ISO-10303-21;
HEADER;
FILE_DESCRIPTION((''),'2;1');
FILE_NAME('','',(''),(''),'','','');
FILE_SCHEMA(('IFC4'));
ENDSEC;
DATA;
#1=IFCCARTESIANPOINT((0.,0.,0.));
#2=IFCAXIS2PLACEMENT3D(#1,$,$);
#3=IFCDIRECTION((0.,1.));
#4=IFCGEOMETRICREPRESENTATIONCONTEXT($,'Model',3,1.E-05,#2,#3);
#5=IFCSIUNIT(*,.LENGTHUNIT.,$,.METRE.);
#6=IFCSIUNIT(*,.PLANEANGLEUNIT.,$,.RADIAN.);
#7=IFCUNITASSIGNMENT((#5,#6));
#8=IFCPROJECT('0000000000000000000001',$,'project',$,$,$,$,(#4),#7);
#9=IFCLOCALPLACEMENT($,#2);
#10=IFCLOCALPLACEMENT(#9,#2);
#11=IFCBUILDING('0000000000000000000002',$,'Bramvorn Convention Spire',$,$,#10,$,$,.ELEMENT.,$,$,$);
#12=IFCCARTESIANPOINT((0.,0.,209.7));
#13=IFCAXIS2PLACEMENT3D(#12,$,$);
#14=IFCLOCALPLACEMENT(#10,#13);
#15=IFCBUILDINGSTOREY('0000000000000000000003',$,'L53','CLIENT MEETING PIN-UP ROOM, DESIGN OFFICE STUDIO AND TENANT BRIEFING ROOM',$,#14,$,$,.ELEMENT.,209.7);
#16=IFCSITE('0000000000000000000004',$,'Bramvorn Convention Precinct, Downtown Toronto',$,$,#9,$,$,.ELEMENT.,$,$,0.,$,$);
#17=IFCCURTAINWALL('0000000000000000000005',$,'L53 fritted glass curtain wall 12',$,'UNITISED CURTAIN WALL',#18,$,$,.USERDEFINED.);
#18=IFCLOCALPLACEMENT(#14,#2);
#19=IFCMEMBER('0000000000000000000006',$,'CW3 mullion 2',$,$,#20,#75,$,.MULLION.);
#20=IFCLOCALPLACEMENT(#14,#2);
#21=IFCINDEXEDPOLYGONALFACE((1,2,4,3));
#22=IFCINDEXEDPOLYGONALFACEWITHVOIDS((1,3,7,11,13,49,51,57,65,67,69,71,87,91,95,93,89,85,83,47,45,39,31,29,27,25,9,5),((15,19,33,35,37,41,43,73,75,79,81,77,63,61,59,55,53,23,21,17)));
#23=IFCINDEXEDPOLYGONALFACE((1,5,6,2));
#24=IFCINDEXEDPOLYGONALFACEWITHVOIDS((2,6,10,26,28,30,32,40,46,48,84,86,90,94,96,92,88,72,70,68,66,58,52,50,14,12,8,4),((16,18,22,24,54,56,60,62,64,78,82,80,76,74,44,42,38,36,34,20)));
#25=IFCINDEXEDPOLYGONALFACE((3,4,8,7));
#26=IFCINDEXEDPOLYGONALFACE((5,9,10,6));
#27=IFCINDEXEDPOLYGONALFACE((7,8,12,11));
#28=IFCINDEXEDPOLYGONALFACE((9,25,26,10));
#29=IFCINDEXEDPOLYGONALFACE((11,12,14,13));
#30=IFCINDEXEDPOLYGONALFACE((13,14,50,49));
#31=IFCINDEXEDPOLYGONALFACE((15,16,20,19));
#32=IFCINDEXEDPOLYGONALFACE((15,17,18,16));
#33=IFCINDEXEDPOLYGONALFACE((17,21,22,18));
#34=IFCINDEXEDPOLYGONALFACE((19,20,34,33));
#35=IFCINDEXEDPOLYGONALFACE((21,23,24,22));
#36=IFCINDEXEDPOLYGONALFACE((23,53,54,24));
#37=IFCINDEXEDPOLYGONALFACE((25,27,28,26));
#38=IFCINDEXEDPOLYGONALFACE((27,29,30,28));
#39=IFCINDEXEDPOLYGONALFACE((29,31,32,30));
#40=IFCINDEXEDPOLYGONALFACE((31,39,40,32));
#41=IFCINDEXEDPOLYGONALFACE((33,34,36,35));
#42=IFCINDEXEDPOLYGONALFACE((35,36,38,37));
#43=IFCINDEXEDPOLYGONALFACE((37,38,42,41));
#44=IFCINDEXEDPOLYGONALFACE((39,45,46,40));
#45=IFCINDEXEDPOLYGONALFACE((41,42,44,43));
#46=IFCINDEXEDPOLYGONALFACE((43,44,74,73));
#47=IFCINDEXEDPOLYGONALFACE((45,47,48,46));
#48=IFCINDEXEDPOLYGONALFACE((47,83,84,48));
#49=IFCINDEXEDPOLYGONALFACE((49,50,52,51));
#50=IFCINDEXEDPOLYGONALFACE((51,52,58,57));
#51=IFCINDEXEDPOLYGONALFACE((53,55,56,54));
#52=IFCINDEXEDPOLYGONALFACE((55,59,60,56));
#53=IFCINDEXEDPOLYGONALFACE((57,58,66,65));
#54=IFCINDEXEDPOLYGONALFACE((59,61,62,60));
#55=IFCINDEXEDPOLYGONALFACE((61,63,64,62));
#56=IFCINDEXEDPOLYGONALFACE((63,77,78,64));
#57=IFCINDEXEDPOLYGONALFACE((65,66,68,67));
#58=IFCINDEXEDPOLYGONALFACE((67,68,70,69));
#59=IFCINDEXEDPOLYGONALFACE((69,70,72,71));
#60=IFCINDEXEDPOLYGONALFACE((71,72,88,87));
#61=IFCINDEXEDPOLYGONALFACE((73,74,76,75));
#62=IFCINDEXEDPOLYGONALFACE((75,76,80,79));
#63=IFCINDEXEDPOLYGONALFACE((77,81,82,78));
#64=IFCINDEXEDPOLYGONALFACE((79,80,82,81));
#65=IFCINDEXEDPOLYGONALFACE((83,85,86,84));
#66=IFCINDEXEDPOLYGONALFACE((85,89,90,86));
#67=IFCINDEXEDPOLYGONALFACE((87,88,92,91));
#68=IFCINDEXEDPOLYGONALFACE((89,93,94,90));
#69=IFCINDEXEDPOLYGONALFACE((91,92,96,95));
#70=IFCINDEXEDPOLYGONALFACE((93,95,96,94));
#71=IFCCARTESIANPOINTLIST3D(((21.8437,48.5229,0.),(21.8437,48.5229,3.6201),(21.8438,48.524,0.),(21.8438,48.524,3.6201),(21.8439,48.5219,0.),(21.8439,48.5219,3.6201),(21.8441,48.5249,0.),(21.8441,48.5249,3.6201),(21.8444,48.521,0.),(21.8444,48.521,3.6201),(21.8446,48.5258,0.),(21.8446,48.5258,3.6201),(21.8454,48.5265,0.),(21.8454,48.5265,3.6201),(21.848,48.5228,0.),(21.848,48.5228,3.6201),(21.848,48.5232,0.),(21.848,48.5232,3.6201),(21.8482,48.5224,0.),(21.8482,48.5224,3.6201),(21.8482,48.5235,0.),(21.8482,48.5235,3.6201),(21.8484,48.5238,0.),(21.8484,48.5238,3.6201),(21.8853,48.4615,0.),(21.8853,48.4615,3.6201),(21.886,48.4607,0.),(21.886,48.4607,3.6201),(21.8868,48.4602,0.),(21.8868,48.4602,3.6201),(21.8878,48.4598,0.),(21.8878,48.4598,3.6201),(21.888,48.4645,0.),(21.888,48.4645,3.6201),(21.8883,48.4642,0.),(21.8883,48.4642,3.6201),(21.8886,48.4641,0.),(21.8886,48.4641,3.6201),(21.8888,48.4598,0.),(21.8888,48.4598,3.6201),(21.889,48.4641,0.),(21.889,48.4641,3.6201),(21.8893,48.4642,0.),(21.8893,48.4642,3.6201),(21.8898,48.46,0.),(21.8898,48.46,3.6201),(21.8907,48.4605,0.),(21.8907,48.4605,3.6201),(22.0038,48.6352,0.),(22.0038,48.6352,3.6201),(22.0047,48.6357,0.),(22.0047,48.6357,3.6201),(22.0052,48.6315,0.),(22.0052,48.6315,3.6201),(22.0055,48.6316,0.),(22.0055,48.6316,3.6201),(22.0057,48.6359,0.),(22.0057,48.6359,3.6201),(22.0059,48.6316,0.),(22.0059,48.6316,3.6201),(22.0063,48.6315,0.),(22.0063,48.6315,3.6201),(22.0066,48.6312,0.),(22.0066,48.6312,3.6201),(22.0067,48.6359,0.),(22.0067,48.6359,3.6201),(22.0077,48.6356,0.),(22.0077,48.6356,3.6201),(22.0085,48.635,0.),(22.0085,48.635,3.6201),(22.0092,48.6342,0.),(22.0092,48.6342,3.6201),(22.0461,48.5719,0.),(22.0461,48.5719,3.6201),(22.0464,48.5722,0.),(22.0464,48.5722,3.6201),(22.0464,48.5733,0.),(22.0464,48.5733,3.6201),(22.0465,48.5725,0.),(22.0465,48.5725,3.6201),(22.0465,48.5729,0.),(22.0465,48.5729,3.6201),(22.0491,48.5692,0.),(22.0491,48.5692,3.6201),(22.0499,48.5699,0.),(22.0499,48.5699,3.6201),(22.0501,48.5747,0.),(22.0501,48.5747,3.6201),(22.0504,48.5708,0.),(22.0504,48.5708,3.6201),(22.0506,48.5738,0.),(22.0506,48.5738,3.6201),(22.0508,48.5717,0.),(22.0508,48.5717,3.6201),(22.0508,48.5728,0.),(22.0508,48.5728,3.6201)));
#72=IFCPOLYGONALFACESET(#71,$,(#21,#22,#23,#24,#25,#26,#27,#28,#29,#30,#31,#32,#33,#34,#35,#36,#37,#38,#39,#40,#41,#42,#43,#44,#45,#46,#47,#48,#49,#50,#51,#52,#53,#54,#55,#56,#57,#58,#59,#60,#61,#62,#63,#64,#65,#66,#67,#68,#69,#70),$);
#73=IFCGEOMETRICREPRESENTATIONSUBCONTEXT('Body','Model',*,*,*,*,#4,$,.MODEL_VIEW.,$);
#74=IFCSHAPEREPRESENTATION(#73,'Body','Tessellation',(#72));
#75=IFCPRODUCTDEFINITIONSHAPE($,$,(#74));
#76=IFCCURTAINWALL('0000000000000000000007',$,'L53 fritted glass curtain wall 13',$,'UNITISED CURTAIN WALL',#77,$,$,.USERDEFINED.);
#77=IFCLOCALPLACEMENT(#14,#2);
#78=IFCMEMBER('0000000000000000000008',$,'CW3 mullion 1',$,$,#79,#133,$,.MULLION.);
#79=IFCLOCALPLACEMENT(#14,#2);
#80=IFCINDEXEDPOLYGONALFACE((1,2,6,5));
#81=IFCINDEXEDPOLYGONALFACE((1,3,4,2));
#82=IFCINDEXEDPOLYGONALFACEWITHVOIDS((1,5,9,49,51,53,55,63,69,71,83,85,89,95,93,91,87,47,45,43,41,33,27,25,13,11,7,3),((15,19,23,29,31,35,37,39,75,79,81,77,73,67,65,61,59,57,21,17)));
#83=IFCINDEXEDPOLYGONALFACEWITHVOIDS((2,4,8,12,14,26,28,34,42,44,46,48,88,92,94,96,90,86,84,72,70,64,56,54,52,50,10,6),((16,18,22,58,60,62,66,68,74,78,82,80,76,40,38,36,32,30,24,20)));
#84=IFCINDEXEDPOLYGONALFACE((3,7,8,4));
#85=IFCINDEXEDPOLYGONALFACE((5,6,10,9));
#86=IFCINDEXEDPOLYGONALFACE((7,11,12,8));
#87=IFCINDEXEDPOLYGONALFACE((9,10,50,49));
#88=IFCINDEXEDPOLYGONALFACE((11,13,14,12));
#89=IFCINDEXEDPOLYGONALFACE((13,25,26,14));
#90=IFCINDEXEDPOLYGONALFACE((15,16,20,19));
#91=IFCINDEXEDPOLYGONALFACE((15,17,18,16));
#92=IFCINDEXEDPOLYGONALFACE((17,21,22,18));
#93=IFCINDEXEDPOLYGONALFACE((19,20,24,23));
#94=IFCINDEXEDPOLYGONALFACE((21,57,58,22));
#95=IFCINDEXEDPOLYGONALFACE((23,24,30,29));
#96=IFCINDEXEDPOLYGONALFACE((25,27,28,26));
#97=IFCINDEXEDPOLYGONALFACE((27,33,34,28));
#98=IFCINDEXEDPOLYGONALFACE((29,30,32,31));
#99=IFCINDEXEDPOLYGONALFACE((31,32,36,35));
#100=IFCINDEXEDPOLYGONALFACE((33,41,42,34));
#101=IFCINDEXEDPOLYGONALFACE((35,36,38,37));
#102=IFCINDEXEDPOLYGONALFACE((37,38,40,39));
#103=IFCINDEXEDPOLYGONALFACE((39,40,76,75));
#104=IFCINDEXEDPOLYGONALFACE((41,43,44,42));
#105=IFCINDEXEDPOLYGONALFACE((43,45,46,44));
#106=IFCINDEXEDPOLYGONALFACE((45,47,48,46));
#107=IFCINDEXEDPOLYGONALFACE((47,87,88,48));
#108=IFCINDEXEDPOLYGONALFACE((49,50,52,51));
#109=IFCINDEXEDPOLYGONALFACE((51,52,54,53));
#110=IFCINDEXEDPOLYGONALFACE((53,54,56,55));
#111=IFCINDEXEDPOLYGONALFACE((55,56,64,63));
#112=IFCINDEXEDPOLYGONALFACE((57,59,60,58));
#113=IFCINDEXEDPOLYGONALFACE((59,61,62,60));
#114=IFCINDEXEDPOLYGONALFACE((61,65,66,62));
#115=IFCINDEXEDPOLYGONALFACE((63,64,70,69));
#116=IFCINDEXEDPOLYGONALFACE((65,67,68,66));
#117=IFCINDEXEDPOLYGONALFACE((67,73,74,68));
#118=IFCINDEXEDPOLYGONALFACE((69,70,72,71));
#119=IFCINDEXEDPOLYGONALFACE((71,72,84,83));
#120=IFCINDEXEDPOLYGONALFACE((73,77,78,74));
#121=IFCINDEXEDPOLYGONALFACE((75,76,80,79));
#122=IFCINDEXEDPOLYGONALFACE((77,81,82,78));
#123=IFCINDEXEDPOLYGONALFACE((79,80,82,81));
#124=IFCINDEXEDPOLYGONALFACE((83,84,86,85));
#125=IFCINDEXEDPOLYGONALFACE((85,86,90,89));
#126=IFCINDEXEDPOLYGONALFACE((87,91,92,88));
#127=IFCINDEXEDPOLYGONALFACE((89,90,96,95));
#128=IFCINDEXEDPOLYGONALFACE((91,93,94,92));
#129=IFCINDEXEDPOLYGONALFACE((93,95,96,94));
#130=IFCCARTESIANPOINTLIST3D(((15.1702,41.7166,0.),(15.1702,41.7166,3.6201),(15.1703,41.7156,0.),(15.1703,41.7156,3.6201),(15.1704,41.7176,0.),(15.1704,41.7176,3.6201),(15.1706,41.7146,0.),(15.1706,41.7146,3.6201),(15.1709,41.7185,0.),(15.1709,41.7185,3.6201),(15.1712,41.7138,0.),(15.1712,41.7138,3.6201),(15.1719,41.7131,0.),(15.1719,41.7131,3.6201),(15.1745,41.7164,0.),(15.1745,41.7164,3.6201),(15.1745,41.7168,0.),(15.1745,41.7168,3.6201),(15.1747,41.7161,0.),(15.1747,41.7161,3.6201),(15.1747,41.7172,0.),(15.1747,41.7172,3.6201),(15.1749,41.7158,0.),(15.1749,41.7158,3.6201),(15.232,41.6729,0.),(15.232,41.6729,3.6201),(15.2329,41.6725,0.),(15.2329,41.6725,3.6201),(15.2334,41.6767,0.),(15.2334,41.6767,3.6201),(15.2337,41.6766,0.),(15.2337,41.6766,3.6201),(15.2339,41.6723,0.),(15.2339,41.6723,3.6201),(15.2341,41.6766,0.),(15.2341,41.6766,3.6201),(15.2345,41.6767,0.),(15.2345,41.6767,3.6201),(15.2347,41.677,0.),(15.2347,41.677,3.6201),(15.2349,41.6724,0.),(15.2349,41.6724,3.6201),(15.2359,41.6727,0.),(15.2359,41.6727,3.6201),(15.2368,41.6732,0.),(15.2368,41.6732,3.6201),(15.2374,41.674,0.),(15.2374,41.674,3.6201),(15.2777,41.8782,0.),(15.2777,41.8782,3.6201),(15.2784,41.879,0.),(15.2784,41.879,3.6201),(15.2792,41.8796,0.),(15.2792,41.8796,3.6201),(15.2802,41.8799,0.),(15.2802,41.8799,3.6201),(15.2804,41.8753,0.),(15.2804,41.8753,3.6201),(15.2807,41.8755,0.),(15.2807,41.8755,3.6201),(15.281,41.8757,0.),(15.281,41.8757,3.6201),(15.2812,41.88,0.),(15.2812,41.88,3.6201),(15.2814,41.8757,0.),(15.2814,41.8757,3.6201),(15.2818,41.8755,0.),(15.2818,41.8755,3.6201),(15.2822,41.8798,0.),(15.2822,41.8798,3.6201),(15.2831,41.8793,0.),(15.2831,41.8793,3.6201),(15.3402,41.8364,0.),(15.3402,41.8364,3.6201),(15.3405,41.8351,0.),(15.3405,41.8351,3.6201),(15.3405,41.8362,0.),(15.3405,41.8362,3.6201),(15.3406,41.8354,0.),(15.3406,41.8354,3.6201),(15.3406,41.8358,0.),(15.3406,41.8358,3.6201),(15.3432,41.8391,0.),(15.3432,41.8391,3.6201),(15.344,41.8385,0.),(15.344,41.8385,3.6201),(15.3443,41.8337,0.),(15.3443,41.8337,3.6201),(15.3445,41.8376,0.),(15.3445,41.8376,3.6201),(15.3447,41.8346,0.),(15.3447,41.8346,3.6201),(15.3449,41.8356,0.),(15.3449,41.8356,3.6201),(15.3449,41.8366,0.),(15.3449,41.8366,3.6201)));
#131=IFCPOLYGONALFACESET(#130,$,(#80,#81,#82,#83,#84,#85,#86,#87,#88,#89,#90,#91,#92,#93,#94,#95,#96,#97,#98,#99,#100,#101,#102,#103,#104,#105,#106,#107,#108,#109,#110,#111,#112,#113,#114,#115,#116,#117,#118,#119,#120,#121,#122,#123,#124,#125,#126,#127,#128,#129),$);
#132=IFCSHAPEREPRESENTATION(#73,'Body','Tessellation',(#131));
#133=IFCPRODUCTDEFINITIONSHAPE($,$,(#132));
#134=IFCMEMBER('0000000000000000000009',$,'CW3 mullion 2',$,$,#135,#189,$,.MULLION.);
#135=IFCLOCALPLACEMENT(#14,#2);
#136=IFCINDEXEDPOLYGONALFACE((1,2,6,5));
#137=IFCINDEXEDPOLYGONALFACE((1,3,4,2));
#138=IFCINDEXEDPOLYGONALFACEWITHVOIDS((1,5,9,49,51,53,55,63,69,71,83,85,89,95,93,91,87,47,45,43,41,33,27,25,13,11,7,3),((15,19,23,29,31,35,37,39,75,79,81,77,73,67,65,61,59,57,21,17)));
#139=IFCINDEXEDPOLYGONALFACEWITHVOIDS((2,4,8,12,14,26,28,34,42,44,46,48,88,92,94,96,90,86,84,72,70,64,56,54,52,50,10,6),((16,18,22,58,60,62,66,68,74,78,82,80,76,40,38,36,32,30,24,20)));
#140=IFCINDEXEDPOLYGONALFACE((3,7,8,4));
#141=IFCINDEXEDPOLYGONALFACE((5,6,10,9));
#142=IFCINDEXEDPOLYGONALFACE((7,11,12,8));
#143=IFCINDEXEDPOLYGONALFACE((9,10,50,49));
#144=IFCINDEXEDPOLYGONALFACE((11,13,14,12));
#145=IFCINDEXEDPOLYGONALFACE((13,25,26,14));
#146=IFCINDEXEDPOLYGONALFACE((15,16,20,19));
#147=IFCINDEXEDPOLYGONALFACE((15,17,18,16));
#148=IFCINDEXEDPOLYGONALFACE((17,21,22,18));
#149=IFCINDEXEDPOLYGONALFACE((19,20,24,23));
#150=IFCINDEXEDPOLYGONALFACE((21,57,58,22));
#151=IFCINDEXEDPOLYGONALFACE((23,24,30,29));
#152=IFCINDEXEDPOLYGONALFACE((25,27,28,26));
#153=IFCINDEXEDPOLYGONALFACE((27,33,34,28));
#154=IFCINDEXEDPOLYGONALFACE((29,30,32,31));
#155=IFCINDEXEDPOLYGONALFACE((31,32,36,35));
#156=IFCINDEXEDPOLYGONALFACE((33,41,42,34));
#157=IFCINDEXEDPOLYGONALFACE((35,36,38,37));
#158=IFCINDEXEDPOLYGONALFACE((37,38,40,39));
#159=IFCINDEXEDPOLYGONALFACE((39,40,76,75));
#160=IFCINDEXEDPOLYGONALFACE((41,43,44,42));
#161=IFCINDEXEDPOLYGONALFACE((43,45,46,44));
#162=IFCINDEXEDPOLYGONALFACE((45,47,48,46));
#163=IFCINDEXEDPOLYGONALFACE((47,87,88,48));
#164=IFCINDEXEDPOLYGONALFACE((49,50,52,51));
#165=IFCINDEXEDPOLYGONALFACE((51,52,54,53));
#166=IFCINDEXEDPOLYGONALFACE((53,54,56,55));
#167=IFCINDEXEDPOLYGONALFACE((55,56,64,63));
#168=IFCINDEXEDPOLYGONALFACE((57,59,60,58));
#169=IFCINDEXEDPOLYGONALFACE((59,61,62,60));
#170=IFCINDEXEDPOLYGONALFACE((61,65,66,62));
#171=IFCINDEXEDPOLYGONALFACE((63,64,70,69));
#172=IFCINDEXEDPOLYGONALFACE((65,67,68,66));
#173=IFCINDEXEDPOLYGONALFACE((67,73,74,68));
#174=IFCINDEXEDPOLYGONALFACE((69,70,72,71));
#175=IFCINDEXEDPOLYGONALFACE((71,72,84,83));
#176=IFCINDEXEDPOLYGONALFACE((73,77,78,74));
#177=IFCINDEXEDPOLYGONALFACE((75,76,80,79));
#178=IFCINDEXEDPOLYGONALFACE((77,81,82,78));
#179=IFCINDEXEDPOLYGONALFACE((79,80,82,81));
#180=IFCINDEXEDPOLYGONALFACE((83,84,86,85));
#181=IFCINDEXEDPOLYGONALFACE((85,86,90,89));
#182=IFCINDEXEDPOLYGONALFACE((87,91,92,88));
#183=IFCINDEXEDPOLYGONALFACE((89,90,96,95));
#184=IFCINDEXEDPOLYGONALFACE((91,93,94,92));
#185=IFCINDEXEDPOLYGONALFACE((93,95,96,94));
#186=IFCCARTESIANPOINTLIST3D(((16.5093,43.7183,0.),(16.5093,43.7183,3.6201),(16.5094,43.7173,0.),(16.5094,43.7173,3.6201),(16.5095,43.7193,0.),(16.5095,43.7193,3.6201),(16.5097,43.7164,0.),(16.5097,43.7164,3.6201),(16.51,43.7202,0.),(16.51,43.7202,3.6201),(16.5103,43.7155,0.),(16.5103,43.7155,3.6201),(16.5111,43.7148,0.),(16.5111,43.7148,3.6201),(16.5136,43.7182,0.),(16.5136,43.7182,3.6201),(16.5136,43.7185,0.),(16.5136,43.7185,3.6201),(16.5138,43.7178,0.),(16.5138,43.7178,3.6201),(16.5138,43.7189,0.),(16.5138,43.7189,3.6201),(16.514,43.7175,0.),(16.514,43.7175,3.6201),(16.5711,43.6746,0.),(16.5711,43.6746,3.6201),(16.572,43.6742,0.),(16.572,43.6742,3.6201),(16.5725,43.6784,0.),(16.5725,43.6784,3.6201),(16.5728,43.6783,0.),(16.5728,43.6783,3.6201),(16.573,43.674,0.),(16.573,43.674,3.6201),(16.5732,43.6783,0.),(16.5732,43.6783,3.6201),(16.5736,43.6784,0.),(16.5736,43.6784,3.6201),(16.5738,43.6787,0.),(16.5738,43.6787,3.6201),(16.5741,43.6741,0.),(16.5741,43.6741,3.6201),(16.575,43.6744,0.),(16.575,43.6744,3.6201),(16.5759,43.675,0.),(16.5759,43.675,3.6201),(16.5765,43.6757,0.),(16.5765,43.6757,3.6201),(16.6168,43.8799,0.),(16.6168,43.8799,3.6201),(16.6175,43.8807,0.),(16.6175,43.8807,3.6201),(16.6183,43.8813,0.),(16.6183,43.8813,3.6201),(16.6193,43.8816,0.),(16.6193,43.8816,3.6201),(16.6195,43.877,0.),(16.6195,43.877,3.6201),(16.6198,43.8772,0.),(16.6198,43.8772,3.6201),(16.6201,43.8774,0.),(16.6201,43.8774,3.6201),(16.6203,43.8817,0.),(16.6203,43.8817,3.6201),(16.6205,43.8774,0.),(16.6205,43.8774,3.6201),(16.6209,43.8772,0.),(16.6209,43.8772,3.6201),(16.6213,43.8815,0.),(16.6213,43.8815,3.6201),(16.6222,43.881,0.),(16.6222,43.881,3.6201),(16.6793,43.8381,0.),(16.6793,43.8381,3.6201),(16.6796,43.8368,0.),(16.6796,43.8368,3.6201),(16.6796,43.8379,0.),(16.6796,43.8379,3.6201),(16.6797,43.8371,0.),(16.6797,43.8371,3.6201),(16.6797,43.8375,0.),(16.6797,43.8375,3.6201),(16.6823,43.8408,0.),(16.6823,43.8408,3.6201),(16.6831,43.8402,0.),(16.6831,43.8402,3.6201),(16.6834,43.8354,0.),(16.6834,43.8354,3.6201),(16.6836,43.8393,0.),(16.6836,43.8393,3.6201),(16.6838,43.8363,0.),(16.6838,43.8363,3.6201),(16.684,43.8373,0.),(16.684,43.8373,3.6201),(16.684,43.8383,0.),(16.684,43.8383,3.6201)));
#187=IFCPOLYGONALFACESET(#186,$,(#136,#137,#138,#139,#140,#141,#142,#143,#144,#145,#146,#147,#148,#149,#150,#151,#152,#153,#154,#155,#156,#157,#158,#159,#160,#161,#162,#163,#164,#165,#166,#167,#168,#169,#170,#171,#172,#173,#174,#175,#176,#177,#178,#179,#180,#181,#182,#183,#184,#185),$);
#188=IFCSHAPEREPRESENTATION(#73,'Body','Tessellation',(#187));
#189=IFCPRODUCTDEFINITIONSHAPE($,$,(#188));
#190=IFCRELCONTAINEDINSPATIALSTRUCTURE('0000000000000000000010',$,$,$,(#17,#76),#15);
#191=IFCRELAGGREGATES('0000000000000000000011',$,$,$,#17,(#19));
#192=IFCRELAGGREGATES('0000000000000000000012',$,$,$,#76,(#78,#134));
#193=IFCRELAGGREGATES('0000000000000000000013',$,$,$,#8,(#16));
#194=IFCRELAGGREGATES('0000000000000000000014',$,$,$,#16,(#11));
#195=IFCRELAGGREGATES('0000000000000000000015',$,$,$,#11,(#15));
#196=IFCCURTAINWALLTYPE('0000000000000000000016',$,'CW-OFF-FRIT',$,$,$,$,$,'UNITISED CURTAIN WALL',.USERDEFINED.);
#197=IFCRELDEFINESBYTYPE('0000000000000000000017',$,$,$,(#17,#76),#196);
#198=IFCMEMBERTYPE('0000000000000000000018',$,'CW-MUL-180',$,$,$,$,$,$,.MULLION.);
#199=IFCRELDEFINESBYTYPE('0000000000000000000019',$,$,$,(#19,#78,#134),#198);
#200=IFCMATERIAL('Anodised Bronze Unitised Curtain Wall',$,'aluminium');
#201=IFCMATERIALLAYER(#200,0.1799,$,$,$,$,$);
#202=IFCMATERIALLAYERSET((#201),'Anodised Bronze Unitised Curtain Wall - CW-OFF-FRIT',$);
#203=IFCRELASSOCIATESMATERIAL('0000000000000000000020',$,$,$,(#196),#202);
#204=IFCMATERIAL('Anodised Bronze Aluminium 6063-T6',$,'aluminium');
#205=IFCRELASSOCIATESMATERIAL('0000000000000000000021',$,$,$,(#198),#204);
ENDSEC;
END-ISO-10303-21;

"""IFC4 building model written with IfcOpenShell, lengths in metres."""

from ifc_helpers import new_model, si_unit, direction, frame, origin, origin_2d, place, context, subcontext, project, spatial, hollow_rectangle, extrude, material, layer, layer_set, material_profile, profile_set, type_object, element, aggregate, save


model = new_model("IFC4")

# Units and contexts
model_context = context("Model", 3, precision=1e-05, world=origin(), true_north=direction((0.0, 1.0)))
body_context = subcontext(model_context, "Body", "Model", "MODEL_VIEW")
ifc_project = project(units=[si_unit("LENGTHUNIT", "METRE"), si_unit("PLANEANGLEUNIT", "RADIAN")], contexts=[model_context])

# Site, building, storey
site_placement = place(None, origin())
site = spatial("IfcSite", under=ifc_project, at=site_placement, Name="Bramvorn Convention Precinct, Downtown Toronto", CompositionType="ELEMENT", RefElevation=0.0)
building_placement = place(site_placement, origin())
building = spatial("IfcBuilding", under=site, at=building_placement, Name="Bramvorn Convention Spire", CompositionType="ELEMENT")
storey_placement = place(building_placement, frame((0.0, 0.0, 209.7)))
storey = spatial("IfcBuildingStorey", under=building, at=storey_placement, Name="L53", Description="CLIENT MEETING PIN-UP ROOM, DESIGN OFFICE STUDIO AND TENANT BRIEFING ROOM", CompositionType="ELEMENT", Elevation=209.7)

# Curtain walls, members
ifc_material_1 = material(Name="Anodised Bronze Unitised Curtain Wall", Category="aluminium")
ifc_layer_1 = layer(ifc_material_1, 0.1799)
ifc_layer_set_1 = layer_set([ifc_layer_1], Name="Anodised Bronze Unitised Curtain Wall - CW-OFF-FRIT")
curtain_wall_type = type_object("IfcCurtainWallType", Name="CW-OFF-FRIT", ElementType="UNITISED CURTAIN WALL", PredefinedType="USERDEFINED", material=ifc_layer_set_1)
curtain_wall_1_placement = place(storey_placement, origin())
curtain_wall_1 = element("IfcCurtainWall", 1, at=curtain_wall_1_placement, inside=storey, type_object=curtain_wall_type, Name="L53 fritted glass curtain wall 12", ObjectType="UNITISED CURTAIN WALL", PredefinedType="USERDEFINED")
ifc_material_2 = material(Name="Anodised Bronze Aluminium 6063-T6", Category="aluminium")
ifc_material_profile_1 = material_profile(ifc_material_2, hollow_rectangle(XDim=0.0801, YDim=0.2, WallThickness=0.0039, InnerFilletRadius=0.001, OuterFilletRadius=0.0039, at=origin_2d()))
ifc_profile_set_1 = profile_set([ifc_material_profile_1], Name="Anodised Bronze Aluminium 6063-T6 - CWM80X200")
member_type_1 = type_object("IfcMemberType", Name="CW-MUL-180", PredefinedType="MULLION", material=ifc_profile_set_1)
member_1_placement = place(storey_placement, frame((21.9473, 48.5479, 0.0), z_axis=(0.0, 0.0, 1.0), x_axis=(-0.566152, 0.824301, 0.0)))
member_1 = element("IfcMember", 2, at=member_1_placement, type_object=member_type_1, Name="CW3 mullion 2", PredefinedType="MULLION", context=body_context, shape_type="SweptSolid", body=[
    extrude(hollow_rectangle(XDim=0.0801, YDim=0.2, WallThickness=0.0039, InnerFilletRadius=0.001, OuterFilletRadius=0.0039, at=origin_2d()), origin(), (0.0, 0.0, 1.0), 3.6201),
])
curtain_wall_2_placement = place(storey_placement, origin())
curtain_wall_2 = element("IfcCurtainWall", 3, at=curtain_wall_2_placement, inside=storey, type_object=curtain_wall_type, Name="L53 fritted glass curtain wall 13", ObjectType="UNITISED CURTAIN WALL", PredefinedType="USERDEFINED")
member_2_placement = place(storey_placement, frame((15.2576, 41.7761, 0.0), z_axis=(0.0, 0.0, 1.0), x_axis=(-0.831144, 0.556058, 0.0)))
member_2 = element("IfcMember", 4, at=member_2_placement, type_object=member_type_1, Name="CW3 mullion 1", PredefinedType="MULLION", context=body_context, shape_type="SweptSolid", body=[
    extrude(hollow_rectangle(XDim=0.0801, YDim=0.2, WallThickness=0.0039, InnerFilletRadius=0.001, OuterFilletRadius=0.0039, at=origin_2d()), origin(), (0.0, 0.0, 1.0), 3.6201),
])
member_3_placement = place(storey_placement, frame((16.5967, 43.7778, 0.0), z_axis=(0.0, 0.0, 1.0), x_axis=(-0.831144, 0.556058, 0.0)))
member_3 = element("IfcMember", 5, at=member_3_placement, type_object=member_type_1, Name="CW3 mullion 2", PredefinedType="MULLION", context=body_context, shape_type="SweptSolid", body=[
    extrude(hollow_rectangle(XDim=0.0801, YDim=0.2, WallThickness=0.0039, InnerFilletRadius=0.001, OuterFilletRadius=0.0039, at=origin_2d()), origin(), (0.0, 0.0, 1.0), 3.6201),
])

aggregate(curtain_wall_1, [member_1])
aggregate(curtain_wall_2, [member_2, member_3])

save(model, "model.ifc")
